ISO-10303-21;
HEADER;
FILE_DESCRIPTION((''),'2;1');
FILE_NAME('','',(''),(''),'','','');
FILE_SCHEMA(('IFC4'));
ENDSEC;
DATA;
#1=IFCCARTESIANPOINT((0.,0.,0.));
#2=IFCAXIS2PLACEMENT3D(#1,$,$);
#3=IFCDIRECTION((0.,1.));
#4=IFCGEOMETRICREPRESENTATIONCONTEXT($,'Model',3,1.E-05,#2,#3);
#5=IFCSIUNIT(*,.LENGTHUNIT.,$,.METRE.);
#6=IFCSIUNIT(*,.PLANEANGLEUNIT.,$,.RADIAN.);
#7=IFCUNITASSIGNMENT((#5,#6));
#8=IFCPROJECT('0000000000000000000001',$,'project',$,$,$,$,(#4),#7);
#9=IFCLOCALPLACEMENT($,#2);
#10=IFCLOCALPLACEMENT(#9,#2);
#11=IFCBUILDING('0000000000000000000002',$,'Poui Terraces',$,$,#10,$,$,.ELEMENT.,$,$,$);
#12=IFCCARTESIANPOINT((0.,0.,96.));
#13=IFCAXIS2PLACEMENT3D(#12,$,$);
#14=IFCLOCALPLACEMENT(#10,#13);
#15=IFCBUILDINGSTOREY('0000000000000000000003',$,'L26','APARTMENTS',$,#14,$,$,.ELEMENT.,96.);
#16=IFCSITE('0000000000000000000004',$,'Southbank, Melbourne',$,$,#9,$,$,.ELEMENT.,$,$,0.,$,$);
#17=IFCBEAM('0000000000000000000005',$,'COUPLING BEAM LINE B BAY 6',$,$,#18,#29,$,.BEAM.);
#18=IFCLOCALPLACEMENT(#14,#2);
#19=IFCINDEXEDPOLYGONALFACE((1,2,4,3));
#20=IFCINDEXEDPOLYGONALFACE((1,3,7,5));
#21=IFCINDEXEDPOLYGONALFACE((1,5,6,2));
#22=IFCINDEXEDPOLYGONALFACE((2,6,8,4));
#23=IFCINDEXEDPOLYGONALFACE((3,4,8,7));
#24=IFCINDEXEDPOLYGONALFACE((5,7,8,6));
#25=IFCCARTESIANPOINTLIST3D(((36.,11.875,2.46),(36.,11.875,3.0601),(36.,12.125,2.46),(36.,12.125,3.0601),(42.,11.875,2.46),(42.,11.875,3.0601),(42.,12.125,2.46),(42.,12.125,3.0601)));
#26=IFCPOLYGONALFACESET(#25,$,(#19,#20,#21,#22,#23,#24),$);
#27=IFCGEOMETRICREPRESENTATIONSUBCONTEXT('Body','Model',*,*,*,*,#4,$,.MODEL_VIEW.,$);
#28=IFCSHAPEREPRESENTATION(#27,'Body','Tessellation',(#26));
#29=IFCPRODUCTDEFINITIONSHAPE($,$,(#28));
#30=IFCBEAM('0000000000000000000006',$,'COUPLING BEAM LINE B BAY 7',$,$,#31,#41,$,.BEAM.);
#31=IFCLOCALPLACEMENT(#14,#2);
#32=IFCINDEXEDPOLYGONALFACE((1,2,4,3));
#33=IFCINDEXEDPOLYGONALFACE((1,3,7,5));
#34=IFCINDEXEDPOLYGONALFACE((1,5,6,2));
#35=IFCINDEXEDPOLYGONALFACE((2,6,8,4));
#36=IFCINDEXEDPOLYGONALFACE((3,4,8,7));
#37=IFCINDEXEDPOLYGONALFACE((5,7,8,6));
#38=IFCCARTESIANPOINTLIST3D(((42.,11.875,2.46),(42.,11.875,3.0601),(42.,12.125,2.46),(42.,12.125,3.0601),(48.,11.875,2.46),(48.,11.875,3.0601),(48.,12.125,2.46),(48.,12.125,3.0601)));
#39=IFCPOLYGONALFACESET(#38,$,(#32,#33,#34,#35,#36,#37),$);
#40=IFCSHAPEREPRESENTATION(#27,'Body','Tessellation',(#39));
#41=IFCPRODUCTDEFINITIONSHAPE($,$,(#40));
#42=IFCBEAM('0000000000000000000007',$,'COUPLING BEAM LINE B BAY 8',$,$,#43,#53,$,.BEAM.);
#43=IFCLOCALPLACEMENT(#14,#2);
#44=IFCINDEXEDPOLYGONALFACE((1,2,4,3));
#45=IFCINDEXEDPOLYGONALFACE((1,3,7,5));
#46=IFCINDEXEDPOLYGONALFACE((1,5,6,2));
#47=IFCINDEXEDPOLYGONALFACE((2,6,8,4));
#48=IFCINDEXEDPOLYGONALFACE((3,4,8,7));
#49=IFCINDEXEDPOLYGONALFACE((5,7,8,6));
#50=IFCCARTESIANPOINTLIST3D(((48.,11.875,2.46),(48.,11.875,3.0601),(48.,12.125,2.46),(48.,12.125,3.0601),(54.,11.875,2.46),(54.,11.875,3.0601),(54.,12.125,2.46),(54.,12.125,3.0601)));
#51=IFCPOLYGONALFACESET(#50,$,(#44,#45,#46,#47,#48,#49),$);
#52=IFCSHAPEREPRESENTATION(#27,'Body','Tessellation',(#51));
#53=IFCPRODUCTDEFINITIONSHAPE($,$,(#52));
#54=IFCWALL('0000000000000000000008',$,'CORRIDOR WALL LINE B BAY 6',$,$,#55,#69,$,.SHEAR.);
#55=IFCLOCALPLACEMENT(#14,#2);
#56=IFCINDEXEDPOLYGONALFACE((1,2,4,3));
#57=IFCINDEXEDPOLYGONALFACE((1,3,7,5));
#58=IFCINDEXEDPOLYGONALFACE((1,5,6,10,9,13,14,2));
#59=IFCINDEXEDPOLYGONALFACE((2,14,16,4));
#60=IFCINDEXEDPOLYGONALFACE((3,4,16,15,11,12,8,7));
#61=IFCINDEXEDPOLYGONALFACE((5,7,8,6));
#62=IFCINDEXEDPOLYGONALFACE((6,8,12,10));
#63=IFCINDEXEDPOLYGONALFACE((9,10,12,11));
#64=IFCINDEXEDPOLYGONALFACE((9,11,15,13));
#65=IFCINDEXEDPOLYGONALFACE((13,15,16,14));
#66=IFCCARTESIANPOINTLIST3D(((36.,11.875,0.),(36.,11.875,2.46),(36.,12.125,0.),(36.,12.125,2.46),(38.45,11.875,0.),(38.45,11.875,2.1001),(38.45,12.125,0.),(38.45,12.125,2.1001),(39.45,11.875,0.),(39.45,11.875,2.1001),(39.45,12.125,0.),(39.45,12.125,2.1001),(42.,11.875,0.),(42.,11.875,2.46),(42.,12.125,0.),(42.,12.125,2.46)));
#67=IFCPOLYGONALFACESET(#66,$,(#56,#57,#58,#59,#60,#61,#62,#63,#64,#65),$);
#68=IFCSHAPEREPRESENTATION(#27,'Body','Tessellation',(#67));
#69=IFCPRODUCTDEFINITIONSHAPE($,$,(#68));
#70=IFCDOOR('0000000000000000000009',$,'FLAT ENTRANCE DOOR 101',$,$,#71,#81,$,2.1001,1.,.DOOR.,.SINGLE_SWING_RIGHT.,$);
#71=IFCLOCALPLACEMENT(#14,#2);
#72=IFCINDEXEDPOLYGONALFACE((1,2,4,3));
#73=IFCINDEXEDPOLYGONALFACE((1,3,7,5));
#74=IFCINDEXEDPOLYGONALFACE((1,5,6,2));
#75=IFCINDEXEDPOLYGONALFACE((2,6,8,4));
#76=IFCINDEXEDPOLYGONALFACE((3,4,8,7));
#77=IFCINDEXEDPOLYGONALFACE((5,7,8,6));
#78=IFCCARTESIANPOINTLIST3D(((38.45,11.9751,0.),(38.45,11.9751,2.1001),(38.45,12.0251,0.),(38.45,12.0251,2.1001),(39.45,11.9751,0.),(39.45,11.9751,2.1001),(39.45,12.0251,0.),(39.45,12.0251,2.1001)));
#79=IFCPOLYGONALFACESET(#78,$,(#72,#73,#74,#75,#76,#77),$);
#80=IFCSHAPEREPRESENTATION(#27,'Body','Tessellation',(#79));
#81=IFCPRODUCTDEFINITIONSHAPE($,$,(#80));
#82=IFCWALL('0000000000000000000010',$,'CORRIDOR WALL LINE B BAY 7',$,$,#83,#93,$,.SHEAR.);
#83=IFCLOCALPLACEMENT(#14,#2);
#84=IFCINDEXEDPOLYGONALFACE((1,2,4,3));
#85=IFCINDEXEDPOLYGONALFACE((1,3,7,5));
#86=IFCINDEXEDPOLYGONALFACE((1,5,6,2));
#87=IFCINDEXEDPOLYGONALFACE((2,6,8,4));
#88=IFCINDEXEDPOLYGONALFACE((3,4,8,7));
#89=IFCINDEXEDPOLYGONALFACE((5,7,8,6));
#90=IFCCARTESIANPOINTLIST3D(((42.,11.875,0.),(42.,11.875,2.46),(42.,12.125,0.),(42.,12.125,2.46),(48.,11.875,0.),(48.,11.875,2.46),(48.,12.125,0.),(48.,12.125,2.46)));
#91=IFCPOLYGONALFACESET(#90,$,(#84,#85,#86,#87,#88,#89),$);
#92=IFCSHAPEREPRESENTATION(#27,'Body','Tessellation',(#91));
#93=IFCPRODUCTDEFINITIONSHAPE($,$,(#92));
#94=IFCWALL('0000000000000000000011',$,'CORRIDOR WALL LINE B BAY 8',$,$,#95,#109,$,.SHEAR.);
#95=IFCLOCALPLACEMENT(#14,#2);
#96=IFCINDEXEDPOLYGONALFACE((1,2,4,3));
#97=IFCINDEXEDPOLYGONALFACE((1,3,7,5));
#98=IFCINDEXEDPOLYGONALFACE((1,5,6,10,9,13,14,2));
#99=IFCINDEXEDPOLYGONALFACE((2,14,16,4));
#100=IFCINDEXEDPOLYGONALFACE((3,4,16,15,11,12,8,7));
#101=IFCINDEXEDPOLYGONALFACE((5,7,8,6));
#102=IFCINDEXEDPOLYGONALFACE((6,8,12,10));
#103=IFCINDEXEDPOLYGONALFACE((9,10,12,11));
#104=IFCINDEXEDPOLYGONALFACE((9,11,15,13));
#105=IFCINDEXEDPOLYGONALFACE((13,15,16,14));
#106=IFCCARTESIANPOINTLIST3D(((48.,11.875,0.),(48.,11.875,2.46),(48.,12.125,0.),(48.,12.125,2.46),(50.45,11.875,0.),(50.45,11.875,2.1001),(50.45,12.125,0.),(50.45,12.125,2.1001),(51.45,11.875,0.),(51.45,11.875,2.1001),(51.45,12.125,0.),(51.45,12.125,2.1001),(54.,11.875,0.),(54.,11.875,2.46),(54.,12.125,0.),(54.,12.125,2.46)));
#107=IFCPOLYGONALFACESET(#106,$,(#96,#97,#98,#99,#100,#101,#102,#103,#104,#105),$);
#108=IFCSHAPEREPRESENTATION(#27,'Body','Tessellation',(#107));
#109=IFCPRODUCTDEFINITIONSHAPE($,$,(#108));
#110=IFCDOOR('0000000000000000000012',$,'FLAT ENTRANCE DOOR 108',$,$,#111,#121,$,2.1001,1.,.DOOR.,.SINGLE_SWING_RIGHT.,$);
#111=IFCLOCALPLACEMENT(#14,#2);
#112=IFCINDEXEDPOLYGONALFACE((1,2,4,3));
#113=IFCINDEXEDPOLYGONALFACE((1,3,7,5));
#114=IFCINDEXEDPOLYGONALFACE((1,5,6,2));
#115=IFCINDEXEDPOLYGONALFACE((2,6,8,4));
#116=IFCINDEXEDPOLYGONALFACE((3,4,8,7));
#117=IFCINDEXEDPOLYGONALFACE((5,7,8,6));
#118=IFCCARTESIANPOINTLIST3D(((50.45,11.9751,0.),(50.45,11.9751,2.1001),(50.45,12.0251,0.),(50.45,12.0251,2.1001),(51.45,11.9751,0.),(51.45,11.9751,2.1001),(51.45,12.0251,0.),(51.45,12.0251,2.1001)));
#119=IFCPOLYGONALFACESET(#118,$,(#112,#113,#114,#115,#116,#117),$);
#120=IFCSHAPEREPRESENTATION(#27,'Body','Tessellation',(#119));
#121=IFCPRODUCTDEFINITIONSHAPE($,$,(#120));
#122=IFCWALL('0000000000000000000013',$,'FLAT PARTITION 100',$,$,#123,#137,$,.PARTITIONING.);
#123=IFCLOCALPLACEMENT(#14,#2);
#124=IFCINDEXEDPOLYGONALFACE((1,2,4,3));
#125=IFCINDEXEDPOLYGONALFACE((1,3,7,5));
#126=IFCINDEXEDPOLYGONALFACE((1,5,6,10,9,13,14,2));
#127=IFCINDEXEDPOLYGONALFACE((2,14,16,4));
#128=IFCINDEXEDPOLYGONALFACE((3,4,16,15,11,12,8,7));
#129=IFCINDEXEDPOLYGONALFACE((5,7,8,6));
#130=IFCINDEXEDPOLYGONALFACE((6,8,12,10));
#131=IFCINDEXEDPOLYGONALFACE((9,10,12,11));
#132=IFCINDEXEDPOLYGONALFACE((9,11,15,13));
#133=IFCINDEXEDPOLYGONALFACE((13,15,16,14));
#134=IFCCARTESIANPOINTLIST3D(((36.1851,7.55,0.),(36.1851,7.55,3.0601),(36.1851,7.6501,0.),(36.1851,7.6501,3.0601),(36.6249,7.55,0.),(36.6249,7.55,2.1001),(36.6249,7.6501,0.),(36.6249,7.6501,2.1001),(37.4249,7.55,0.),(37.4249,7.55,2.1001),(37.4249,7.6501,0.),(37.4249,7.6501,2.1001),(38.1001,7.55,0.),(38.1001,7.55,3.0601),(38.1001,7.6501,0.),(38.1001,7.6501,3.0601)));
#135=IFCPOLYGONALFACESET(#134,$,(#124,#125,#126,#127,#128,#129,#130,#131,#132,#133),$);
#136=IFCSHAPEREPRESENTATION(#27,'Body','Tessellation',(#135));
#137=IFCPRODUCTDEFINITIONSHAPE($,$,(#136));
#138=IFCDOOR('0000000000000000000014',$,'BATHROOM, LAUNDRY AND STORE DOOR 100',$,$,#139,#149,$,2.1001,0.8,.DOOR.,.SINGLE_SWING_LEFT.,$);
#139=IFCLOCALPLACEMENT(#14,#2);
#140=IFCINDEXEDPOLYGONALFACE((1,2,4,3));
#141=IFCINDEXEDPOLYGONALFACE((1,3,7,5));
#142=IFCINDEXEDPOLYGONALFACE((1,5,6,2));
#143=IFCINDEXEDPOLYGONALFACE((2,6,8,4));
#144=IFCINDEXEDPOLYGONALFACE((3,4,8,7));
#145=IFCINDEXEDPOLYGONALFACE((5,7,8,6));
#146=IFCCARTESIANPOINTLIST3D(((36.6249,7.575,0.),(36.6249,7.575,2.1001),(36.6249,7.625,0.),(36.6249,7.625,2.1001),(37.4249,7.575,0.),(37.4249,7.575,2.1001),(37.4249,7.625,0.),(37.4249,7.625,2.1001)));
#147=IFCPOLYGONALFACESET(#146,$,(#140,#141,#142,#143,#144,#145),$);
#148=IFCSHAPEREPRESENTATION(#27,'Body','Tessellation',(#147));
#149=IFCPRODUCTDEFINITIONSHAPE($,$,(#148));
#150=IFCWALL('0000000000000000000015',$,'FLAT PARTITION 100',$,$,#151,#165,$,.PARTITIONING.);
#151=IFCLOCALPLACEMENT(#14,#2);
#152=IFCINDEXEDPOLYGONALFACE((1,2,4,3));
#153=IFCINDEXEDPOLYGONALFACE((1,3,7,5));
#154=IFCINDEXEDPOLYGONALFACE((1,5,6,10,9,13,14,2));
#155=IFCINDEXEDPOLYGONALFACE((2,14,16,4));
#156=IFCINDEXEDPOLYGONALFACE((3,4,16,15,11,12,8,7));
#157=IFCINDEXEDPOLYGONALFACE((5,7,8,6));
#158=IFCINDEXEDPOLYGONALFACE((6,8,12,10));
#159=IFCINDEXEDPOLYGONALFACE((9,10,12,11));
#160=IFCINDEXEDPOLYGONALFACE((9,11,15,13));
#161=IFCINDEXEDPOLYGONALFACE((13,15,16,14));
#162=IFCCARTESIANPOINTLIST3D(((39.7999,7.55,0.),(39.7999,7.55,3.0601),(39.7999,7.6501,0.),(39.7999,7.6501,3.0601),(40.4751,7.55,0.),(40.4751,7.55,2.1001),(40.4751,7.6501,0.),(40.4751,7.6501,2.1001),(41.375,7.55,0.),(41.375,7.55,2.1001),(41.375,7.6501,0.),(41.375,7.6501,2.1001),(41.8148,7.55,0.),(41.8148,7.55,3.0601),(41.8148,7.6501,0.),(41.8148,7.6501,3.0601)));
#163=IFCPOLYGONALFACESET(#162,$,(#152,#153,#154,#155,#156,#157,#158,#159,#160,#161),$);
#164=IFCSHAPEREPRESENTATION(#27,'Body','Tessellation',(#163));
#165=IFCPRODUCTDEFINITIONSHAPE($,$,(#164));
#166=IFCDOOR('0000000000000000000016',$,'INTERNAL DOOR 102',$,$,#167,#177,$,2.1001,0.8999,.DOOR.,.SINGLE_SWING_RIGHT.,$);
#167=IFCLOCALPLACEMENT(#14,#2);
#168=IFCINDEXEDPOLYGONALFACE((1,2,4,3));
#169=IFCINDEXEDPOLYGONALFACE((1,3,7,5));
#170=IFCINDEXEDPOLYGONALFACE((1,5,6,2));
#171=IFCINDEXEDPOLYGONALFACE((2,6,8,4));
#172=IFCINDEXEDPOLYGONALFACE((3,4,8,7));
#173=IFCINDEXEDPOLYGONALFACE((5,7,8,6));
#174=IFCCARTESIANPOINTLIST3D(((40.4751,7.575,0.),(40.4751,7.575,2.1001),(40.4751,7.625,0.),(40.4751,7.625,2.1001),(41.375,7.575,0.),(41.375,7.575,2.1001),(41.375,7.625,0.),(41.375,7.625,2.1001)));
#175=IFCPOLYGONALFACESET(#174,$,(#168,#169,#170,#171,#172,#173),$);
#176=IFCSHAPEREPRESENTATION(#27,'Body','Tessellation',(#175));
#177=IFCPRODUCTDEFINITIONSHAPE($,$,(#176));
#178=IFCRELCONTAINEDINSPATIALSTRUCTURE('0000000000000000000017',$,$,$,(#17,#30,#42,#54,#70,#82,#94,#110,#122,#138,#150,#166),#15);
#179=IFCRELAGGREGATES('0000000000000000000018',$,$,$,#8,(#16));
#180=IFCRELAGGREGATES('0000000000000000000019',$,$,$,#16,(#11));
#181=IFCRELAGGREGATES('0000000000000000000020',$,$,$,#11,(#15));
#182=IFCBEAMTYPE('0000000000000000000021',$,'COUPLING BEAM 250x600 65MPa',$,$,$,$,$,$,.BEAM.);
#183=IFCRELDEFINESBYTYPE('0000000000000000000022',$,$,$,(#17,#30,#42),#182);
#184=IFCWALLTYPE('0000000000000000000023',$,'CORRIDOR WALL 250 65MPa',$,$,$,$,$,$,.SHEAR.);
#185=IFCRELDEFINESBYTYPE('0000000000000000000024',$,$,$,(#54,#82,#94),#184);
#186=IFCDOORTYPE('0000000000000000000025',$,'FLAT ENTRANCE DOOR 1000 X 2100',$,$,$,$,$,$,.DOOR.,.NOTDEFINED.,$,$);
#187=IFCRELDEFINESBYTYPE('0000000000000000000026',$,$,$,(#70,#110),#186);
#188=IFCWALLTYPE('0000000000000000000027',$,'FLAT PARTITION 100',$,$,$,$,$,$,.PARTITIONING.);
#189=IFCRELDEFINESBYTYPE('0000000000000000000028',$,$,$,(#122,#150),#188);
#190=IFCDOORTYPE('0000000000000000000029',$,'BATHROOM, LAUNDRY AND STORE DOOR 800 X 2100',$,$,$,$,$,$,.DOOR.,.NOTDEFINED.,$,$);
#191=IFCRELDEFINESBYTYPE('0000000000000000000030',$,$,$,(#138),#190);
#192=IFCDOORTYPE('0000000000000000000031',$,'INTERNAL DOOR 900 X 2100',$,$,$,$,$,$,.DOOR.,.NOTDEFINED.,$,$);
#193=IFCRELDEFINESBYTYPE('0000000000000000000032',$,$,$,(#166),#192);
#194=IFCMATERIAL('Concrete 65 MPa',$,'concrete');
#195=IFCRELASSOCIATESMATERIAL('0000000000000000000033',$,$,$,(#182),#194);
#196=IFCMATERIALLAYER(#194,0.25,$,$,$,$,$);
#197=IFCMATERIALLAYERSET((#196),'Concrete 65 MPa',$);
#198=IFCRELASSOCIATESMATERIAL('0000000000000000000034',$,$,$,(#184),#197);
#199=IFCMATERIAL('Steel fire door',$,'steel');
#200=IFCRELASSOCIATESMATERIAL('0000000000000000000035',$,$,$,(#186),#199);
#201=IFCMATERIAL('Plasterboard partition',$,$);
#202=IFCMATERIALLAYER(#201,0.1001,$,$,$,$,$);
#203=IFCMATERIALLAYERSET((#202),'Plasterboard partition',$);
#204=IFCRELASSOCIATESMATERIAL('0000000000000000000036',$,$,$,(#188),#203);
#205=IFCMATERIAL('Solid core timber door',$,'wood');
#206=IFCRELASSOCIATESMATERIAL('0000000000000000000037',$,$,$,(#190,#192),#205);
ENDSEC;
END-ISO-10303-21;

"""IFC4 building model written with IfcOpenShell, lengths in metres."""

from ifc_helpers import new_model, si_unit, direction, frame, frame_2d, origin, origin_2d, place, context, subcontext, project, spatial, rectangle, extrude, source, transform, mapped, material, layer, layer_set, material_profile, profile_set, type_object, element, fill, save


model = new_model("IFC4")

# Units and contexts
model_context = context("Model", 3, precision=1e-05, world=origin(), true_north=direction((0.0, 1.0)))
body_context = subcontext(model_context, "Body", "Model", "MODEL_VIEW")
ifc_project = project(units=[si_unit("LENGTHUNIT", "METRE"), si_unit("PLANEANGLEUNIT", "RADIAN")], contexts=[model_context])

# Site, building, storey
site_placement = place(None, origin())
site = spatial("IfcSite", under=ifc_project, at=site_placement, Name="Southbank, Melbourne", CompositionType="ELEMENT", RefElevation=0.0)
building_placement = place(site_placement, origin())
building = spatial("IfcBuilding", under=site, at=building_placement, Name="Poui Terraces", CompositionType="ELEMENT")
storey_placement = place(building_placement, frame((0.0, 0.0, 96.0)))
storey = spatial("IfcBuildingStorey", under=building, at=storey_placement, Name="L26", Description="APARTMENTS", CompositionType="ELEMENT", Elevation=96.0)

# Beams
ifc_material_1 = material(Name="Concrete 65 MPa", Category="concrete")
ifc_material_profile = material_profile(ifc_material_1, rectangle(XDim=0.25, YDim=0.6001, at=origin_2d()), Name="RC 250x600")
ifc_profile_set = profile_set([ifc_material_profile], Name="Concrete 65 MPa")
beam_type = type_object("IfcBeamType", Name="COUPLING BEAM 250x600 65MPa", PredefinedType="BEAM", material=ifc_profile_set)
shared_shape = source(origin(), body_context, "Body", "SweptSolid", [
    extrude(rectangle(XDim=0.25, YDim=0.6001, at=origin_2d()), origin(), (0.0, 0.0, 1.0), 6.0),
])
for number, where, z_axis, x_axis, name in (
    (1, (36.0, 12.0, 2.76), (1.0, 0.0, 0.0), (0.0, 1.0, 0.0), "COUPLING BEAM LINE B BAY 6"),
    (2, (42.0, 12.0, 2.76), (1.0, 0.0, 0.0), (0.0, 1.0, 0.0), "COUPLING BEAM LINE B BAY 7"),
    (3, (48.0, 12.0, 2.76), (1.0, 0.0, 0.0), (0.0, 1.0, 0.0), "COUPLING BEAM LINE B BAY 8"),
):
    element("IfcBeam", number, at=place(storey_placement, frame(where, z_axis=z_axis, x_axis=x_axis)), inside=storey, type_object=beam_type, Name=name, PredefinedType="BEAM", context=body_context, shape_type="MappedRepresentation", body=[
        mapped(shared_shape, transform((0.0, 0.0, 0.0))),
    ])

# Wall, opening, door
ifc_layer_1 = layer(ifc_material_1, 0.25)
ifc_layer_set_1 = layer_set([ifc_layer_1], Name="Concrete 65 MPa")
wall_type_1 = type_object("IfcWallType", Name="CORRIDOR WALL 250 65MPa", PredefinedType="SHEAR", material=ifc_layer_set_1)
wall_1_placement = place(storey_placement, frame((36.0, 12.0, 0.0), z_axis=(0.0, 0.0, 1.0), x_axis=(1.0, 0.0, 0.0)))
wall_1 = element("IfcWall", 4, at=wall_1_placement, inside=storey, type_object=wall_type_1, Name="CORRIDOR WALL LINE B BAY 6", PredefinedType="SHEAR", context=body_context, shape_type="SweptSolid", body=[
    extrude(rectangle(XDim=6.0, YDim=0.25, at=frame_2d((3.0, 0.0))), origin(), (0.0, 0.0, 1.0), 2.46),
])
opening_1_placement = place(wall_1_placement, frame((2.45, 0.0, 0.0)))
opening_1 = element("IfcOpeningElement", 5, at=opening_1_placement, cuts=wall_1, PredefinedType="OPENING", context=body_context, shape_type="SweptSolid", body=[
    extrude(rectangle(XDim=1.0, YDim=2.1001, at=frame_2d((0.5, 1.05))), frame((0.0, 0.135, 0.0), z_axis=(0.0, -1.0, 0.0), x_axis=(1.0, 0.0, 0.0)), (0.0, 0.0, 1.0), 0.27),
])
ifc_material_2 = material(Name="Steel fire door", Category="steel")
door_type_1 = type_object("IfcDoorType", Name="FLAT ENTRANCE DOOR 1000 X 2100", OperationType="NOTDEFINED", PredefinedType="DOOR", material=ifc_material_2)
door_1_placement = place(opening_1_placement, frame((1.0, 0.0, 0.0), z_axis=(0.0, 0.0, 1.0), x_axis=(-1.0, 0.0, 0.0)))
door_1 = element("IfcDoor", 6, at=door_1_placement, inside=storey, type_object=door_type_1, Name="FLAT ENTRANCE DOOR 101", OperationType="SINGLE_SWING_RIGHT", OverallHeight=2.1001, OverallWidth=1.0, PredefinedType="DOOR", context=body_context, shape_type="SweptSolid", body=[
    extrude(rectangle(XDim=1.0, YDim=2.1001, at=frame_2d((0.5, 1.05))), frame((0.0, 0.0249, 0.0), z_axis=(0.0, -1.0, 0.0), x_axis=(1.0, 0.0, 0.0)), (0.0, 0.0, 1.0), 0.05),
])
fill(opening_1, door_1)

# Wall
wall_2_placement = place(storey_placement, frame((42.0, 12.0, 0.0), z_axis=(0.0, 0.0, 1.0), x_axis=(1.0, 0.0, 0.0)))
element("IfcWall", 7, at=wall_2_placement, inside=storey, type_object=wall_type_1, Name="CORRIDOR WALL LINE B BAY 7", PredefinedType="SHEAR", context=body_context, shape_type="SweptSolid", body=[
    extrude(rectangle(XDim=6.0, YDim=0.25, at=frame_2d((3.0, 0.0))), origin(), (0.0, 0.0, 1.0), 2.46),
])

# Walls, openings, doors
wall_3_placement = place(storey_placement, frame((48.0, 12.0, 0.0), z_axis=(0.0, 0.0, 1.0), x_axis=(1.0, 0.0, 0.0)))
wall_3 = element("IfcWall", 8, at=wall_3_placement, inside=storey, type_object=wall_type_1, Name="CORRIDOR WALL LINE B BAY 8", PredefinedType="SHEAR", context=body_context, shape_type="SweptSolid", body=[
    extrude(rectangle(XDim=6.0, YDim=0.25, at=frame_2d((3.0, 0.0))), origin(), (0.0, 0.0, 1.0), 2.46),
])
opening_2_placement = place(wall_3_placement, frame((2.45, 0.0, 0.0)))
opening_2 = element("IfcOpeningElement", 9, at=opening_2_placement, cuts=wall_3, PredefinedType="OPENING", context=body_context, shape_type="SweptSolid", body=[
    extrude(rectangle(XDim=1.0, YDim=2.1001, at=frame_2d((0.5, 1.05))), frame((0.0, 0.135, 0.0), z_axis=(0.0, -1.0, 0.0), x_axis=(1.0, 0.0, 0.0)), (0.0, 0.0, 1.0), 0.27),
])
door_2_placement = place(opening_2_placement, frame((1.0, 0.0, 0.0), z_axis=(0.0, 0.0, 1.0), x_axis=(-1.0, 0.0, 0.0)))
door_2 = element("IfcDoor", 10, at=door_2_placement, inside=storey, type_object=door_type_1, Name="FLAT ENTRANCE DOOR 108", OperationType="SINGLE_SWING_RIGHT", OverallHeight=2.1001, OverallWidth=1.0, PredefinedType="DOOR", context=body_context, shape_type="SweptSolid", body=[
    extrude(rectangle(XDim=1.0, YDim=2.1001, at=frame_2d((0.5, 1.05))), frame((0.0, 0.0249, 0.0), z_axis=(0.0, -1.0, 0.0), x_axis=(1.0, 0.0, 0.0)), (0.0, 0.0, 1.0), 0.05),
])
fill(opening_2, door_2)
ifc_material_3 = material(Name="Plasterboard partition")
ifc_layer_2 = layer(ifc_material_3, 0.1001)
ifc_layer_set_2 = layer_set([ifc_layer_2], Name="Plasterboard partition")
wall_type_2 = type_object("IfcWallType", Name="FLAT PARTITION 100", PredefinedType="PARTITIONING", material=ifc_layer_set_2)
wall_4_placement = place(storey_placement, frame((36.1851, 7.6001, 0.0), z_axis=(0.0, 0.0, 1.0), x_axis=(1.0, 0.0, 0.0)))
wall_4 = element("IfcWall", 11, at=wall_4_placement, inside=storey, type_object=wall_type_2, Name="FLAT PARTITION 100", PredefinedType="PARTITIONING", context=body_context, shape_type="SweptSolid", body=[
    extrude(rectangle(XDim=1.915, YDim=0.1001, at=frame_2d((0.9575, 0.0))), origin(), (0.0, 0.0, 1.0), 3.0601),
])
opening_3_placement = place(wall_4_placement, frame((0.4399, 0.0, 0.0)))
opening_3 = element("IfcOpeningElement", 12, at=opening_3_placement, cuts=wall_4, PredefinedType="OPENING", context=body_context, shape_type="SweptSolid", body=[
    extrude(rectangle(XDim=0.8, YDim=2.1001, at=frame_2d((0.3999, 1.05))), frame((0.0, 0.0601, 0.0), z_axis=(0.0, -1.0, 0.0), x_axis=(1.0, 0.0, 0.0)), (0.0, 0.0, 1.0), 0.1201),
])
ifc_material_4 = material(Name="Solid core timber door", Category="wood")
door_type_2 = type_object("IfcDoorType", Name="BATHROOM, LAUNDRY AND STORE DOOR 800 X 2100", OperationType="NOTDEFINED", PredefinedType="DOOR", material=ifc_material_4)
door_3_placement = place(opening_3_placement, origin())
door_3 = element("IfcDoor", 13, at=door_3_placement, inside=storey, type_object=door_type_2, Name="BATHROOM, LAUNDRY AND STORE DOOR 100", OperationType="SINGLE_SWING_LEFT", OverallHeight=2.1001, OverallWidth=0.8, PredefinedType="DOOR", context=body_context, shape_type="SweptSolid", body=[
    extrude(rectangle(XDim=0.8, YDim=2.1001, at=frame_2d((0.3999, 1.05))), frame((0.0, 0.0249, 0.0), z_axis=(0.0, -1.0, 0.0), x_axis=(1.0, 0.0, 0.0)), (0.0, 0.0, 1.0), 0.05),
])
fill(opening_3, door_3)
wall_5_placement = place(storey_placement, frame((39.8, 7.6001, 0.0), z_axis=(0.0, 0.0, 1.0), x_axis=(1.0, 0.0, 0.0)))
wall_5 = element("IfcWall", 14, at=wall_5_placement, inside=storey, type_object=wall_type_2, Name="FLAT PARTITION 100", PredefinedType="PARTITIONING", context=body_context, shape_type="SweptSolid", body=[
    extrude(rectangle(XDim=2.0149, YDim=0.1001, at=frame_2d((1.0073, 0.0))), origin(), (0.0, 0.0, 1.0), 3.0601),
])
opening_4_placement = place(wall_5_placement, frame((0.675, 0.0, 0.0)))
opening_4 = element("IfcOpeningElement", 15, at=opening_4_placement, cuts=wall_5, PredefinedType="OPENING", context=body_context, shape_type="SweptSolid", body=[
    extrude(rectangle(XDim=0.8999, YDim=2.1001, at=frame_2d((0.45, 1.05))), frame((0.0, 0.0601, 0.0), z_axis=(0.0, -1.0, 0.0), x_axis=(1.0, 0.0, 0.0)), (0.0, 0.0, 1.0), 0.1201),
])
door_type_3 = type_object("IfcDoorType", Name="INTERNAL DOOR 900 X 2100", OperationType="NOTDEFINED", PredefinedType="DOOR", material=ifc_material_4)
door_4_placement = place(opening_4_placement, origin())
door_4 = element("IfcDoor", 16, at=door_4_placement, inside=storey, type_object=door_type_3, Name="INTERNAL DOOR 102", OperationType="SINGLE_SWING_RIGHT", OverallHeight=2.1001, OverallWidth=0.8999, PredefinedType="DOOR", context=body_context, shape_type="SweptSolid", body=[
    extrude(rectangle(XDim=0.8999, YDim=2.1001, at=frame_2d((0.45, 1.05))), frame((0.0, 0.0249, 0.0), z_axis=(0.0, -1.0, 0.0), x_axis=(1.0, 0.0, 0.0)), (0.0, 0.0, 1.0), 0.05),
])
fill(opening_4, door_4)

save(model, "model.ifc")
